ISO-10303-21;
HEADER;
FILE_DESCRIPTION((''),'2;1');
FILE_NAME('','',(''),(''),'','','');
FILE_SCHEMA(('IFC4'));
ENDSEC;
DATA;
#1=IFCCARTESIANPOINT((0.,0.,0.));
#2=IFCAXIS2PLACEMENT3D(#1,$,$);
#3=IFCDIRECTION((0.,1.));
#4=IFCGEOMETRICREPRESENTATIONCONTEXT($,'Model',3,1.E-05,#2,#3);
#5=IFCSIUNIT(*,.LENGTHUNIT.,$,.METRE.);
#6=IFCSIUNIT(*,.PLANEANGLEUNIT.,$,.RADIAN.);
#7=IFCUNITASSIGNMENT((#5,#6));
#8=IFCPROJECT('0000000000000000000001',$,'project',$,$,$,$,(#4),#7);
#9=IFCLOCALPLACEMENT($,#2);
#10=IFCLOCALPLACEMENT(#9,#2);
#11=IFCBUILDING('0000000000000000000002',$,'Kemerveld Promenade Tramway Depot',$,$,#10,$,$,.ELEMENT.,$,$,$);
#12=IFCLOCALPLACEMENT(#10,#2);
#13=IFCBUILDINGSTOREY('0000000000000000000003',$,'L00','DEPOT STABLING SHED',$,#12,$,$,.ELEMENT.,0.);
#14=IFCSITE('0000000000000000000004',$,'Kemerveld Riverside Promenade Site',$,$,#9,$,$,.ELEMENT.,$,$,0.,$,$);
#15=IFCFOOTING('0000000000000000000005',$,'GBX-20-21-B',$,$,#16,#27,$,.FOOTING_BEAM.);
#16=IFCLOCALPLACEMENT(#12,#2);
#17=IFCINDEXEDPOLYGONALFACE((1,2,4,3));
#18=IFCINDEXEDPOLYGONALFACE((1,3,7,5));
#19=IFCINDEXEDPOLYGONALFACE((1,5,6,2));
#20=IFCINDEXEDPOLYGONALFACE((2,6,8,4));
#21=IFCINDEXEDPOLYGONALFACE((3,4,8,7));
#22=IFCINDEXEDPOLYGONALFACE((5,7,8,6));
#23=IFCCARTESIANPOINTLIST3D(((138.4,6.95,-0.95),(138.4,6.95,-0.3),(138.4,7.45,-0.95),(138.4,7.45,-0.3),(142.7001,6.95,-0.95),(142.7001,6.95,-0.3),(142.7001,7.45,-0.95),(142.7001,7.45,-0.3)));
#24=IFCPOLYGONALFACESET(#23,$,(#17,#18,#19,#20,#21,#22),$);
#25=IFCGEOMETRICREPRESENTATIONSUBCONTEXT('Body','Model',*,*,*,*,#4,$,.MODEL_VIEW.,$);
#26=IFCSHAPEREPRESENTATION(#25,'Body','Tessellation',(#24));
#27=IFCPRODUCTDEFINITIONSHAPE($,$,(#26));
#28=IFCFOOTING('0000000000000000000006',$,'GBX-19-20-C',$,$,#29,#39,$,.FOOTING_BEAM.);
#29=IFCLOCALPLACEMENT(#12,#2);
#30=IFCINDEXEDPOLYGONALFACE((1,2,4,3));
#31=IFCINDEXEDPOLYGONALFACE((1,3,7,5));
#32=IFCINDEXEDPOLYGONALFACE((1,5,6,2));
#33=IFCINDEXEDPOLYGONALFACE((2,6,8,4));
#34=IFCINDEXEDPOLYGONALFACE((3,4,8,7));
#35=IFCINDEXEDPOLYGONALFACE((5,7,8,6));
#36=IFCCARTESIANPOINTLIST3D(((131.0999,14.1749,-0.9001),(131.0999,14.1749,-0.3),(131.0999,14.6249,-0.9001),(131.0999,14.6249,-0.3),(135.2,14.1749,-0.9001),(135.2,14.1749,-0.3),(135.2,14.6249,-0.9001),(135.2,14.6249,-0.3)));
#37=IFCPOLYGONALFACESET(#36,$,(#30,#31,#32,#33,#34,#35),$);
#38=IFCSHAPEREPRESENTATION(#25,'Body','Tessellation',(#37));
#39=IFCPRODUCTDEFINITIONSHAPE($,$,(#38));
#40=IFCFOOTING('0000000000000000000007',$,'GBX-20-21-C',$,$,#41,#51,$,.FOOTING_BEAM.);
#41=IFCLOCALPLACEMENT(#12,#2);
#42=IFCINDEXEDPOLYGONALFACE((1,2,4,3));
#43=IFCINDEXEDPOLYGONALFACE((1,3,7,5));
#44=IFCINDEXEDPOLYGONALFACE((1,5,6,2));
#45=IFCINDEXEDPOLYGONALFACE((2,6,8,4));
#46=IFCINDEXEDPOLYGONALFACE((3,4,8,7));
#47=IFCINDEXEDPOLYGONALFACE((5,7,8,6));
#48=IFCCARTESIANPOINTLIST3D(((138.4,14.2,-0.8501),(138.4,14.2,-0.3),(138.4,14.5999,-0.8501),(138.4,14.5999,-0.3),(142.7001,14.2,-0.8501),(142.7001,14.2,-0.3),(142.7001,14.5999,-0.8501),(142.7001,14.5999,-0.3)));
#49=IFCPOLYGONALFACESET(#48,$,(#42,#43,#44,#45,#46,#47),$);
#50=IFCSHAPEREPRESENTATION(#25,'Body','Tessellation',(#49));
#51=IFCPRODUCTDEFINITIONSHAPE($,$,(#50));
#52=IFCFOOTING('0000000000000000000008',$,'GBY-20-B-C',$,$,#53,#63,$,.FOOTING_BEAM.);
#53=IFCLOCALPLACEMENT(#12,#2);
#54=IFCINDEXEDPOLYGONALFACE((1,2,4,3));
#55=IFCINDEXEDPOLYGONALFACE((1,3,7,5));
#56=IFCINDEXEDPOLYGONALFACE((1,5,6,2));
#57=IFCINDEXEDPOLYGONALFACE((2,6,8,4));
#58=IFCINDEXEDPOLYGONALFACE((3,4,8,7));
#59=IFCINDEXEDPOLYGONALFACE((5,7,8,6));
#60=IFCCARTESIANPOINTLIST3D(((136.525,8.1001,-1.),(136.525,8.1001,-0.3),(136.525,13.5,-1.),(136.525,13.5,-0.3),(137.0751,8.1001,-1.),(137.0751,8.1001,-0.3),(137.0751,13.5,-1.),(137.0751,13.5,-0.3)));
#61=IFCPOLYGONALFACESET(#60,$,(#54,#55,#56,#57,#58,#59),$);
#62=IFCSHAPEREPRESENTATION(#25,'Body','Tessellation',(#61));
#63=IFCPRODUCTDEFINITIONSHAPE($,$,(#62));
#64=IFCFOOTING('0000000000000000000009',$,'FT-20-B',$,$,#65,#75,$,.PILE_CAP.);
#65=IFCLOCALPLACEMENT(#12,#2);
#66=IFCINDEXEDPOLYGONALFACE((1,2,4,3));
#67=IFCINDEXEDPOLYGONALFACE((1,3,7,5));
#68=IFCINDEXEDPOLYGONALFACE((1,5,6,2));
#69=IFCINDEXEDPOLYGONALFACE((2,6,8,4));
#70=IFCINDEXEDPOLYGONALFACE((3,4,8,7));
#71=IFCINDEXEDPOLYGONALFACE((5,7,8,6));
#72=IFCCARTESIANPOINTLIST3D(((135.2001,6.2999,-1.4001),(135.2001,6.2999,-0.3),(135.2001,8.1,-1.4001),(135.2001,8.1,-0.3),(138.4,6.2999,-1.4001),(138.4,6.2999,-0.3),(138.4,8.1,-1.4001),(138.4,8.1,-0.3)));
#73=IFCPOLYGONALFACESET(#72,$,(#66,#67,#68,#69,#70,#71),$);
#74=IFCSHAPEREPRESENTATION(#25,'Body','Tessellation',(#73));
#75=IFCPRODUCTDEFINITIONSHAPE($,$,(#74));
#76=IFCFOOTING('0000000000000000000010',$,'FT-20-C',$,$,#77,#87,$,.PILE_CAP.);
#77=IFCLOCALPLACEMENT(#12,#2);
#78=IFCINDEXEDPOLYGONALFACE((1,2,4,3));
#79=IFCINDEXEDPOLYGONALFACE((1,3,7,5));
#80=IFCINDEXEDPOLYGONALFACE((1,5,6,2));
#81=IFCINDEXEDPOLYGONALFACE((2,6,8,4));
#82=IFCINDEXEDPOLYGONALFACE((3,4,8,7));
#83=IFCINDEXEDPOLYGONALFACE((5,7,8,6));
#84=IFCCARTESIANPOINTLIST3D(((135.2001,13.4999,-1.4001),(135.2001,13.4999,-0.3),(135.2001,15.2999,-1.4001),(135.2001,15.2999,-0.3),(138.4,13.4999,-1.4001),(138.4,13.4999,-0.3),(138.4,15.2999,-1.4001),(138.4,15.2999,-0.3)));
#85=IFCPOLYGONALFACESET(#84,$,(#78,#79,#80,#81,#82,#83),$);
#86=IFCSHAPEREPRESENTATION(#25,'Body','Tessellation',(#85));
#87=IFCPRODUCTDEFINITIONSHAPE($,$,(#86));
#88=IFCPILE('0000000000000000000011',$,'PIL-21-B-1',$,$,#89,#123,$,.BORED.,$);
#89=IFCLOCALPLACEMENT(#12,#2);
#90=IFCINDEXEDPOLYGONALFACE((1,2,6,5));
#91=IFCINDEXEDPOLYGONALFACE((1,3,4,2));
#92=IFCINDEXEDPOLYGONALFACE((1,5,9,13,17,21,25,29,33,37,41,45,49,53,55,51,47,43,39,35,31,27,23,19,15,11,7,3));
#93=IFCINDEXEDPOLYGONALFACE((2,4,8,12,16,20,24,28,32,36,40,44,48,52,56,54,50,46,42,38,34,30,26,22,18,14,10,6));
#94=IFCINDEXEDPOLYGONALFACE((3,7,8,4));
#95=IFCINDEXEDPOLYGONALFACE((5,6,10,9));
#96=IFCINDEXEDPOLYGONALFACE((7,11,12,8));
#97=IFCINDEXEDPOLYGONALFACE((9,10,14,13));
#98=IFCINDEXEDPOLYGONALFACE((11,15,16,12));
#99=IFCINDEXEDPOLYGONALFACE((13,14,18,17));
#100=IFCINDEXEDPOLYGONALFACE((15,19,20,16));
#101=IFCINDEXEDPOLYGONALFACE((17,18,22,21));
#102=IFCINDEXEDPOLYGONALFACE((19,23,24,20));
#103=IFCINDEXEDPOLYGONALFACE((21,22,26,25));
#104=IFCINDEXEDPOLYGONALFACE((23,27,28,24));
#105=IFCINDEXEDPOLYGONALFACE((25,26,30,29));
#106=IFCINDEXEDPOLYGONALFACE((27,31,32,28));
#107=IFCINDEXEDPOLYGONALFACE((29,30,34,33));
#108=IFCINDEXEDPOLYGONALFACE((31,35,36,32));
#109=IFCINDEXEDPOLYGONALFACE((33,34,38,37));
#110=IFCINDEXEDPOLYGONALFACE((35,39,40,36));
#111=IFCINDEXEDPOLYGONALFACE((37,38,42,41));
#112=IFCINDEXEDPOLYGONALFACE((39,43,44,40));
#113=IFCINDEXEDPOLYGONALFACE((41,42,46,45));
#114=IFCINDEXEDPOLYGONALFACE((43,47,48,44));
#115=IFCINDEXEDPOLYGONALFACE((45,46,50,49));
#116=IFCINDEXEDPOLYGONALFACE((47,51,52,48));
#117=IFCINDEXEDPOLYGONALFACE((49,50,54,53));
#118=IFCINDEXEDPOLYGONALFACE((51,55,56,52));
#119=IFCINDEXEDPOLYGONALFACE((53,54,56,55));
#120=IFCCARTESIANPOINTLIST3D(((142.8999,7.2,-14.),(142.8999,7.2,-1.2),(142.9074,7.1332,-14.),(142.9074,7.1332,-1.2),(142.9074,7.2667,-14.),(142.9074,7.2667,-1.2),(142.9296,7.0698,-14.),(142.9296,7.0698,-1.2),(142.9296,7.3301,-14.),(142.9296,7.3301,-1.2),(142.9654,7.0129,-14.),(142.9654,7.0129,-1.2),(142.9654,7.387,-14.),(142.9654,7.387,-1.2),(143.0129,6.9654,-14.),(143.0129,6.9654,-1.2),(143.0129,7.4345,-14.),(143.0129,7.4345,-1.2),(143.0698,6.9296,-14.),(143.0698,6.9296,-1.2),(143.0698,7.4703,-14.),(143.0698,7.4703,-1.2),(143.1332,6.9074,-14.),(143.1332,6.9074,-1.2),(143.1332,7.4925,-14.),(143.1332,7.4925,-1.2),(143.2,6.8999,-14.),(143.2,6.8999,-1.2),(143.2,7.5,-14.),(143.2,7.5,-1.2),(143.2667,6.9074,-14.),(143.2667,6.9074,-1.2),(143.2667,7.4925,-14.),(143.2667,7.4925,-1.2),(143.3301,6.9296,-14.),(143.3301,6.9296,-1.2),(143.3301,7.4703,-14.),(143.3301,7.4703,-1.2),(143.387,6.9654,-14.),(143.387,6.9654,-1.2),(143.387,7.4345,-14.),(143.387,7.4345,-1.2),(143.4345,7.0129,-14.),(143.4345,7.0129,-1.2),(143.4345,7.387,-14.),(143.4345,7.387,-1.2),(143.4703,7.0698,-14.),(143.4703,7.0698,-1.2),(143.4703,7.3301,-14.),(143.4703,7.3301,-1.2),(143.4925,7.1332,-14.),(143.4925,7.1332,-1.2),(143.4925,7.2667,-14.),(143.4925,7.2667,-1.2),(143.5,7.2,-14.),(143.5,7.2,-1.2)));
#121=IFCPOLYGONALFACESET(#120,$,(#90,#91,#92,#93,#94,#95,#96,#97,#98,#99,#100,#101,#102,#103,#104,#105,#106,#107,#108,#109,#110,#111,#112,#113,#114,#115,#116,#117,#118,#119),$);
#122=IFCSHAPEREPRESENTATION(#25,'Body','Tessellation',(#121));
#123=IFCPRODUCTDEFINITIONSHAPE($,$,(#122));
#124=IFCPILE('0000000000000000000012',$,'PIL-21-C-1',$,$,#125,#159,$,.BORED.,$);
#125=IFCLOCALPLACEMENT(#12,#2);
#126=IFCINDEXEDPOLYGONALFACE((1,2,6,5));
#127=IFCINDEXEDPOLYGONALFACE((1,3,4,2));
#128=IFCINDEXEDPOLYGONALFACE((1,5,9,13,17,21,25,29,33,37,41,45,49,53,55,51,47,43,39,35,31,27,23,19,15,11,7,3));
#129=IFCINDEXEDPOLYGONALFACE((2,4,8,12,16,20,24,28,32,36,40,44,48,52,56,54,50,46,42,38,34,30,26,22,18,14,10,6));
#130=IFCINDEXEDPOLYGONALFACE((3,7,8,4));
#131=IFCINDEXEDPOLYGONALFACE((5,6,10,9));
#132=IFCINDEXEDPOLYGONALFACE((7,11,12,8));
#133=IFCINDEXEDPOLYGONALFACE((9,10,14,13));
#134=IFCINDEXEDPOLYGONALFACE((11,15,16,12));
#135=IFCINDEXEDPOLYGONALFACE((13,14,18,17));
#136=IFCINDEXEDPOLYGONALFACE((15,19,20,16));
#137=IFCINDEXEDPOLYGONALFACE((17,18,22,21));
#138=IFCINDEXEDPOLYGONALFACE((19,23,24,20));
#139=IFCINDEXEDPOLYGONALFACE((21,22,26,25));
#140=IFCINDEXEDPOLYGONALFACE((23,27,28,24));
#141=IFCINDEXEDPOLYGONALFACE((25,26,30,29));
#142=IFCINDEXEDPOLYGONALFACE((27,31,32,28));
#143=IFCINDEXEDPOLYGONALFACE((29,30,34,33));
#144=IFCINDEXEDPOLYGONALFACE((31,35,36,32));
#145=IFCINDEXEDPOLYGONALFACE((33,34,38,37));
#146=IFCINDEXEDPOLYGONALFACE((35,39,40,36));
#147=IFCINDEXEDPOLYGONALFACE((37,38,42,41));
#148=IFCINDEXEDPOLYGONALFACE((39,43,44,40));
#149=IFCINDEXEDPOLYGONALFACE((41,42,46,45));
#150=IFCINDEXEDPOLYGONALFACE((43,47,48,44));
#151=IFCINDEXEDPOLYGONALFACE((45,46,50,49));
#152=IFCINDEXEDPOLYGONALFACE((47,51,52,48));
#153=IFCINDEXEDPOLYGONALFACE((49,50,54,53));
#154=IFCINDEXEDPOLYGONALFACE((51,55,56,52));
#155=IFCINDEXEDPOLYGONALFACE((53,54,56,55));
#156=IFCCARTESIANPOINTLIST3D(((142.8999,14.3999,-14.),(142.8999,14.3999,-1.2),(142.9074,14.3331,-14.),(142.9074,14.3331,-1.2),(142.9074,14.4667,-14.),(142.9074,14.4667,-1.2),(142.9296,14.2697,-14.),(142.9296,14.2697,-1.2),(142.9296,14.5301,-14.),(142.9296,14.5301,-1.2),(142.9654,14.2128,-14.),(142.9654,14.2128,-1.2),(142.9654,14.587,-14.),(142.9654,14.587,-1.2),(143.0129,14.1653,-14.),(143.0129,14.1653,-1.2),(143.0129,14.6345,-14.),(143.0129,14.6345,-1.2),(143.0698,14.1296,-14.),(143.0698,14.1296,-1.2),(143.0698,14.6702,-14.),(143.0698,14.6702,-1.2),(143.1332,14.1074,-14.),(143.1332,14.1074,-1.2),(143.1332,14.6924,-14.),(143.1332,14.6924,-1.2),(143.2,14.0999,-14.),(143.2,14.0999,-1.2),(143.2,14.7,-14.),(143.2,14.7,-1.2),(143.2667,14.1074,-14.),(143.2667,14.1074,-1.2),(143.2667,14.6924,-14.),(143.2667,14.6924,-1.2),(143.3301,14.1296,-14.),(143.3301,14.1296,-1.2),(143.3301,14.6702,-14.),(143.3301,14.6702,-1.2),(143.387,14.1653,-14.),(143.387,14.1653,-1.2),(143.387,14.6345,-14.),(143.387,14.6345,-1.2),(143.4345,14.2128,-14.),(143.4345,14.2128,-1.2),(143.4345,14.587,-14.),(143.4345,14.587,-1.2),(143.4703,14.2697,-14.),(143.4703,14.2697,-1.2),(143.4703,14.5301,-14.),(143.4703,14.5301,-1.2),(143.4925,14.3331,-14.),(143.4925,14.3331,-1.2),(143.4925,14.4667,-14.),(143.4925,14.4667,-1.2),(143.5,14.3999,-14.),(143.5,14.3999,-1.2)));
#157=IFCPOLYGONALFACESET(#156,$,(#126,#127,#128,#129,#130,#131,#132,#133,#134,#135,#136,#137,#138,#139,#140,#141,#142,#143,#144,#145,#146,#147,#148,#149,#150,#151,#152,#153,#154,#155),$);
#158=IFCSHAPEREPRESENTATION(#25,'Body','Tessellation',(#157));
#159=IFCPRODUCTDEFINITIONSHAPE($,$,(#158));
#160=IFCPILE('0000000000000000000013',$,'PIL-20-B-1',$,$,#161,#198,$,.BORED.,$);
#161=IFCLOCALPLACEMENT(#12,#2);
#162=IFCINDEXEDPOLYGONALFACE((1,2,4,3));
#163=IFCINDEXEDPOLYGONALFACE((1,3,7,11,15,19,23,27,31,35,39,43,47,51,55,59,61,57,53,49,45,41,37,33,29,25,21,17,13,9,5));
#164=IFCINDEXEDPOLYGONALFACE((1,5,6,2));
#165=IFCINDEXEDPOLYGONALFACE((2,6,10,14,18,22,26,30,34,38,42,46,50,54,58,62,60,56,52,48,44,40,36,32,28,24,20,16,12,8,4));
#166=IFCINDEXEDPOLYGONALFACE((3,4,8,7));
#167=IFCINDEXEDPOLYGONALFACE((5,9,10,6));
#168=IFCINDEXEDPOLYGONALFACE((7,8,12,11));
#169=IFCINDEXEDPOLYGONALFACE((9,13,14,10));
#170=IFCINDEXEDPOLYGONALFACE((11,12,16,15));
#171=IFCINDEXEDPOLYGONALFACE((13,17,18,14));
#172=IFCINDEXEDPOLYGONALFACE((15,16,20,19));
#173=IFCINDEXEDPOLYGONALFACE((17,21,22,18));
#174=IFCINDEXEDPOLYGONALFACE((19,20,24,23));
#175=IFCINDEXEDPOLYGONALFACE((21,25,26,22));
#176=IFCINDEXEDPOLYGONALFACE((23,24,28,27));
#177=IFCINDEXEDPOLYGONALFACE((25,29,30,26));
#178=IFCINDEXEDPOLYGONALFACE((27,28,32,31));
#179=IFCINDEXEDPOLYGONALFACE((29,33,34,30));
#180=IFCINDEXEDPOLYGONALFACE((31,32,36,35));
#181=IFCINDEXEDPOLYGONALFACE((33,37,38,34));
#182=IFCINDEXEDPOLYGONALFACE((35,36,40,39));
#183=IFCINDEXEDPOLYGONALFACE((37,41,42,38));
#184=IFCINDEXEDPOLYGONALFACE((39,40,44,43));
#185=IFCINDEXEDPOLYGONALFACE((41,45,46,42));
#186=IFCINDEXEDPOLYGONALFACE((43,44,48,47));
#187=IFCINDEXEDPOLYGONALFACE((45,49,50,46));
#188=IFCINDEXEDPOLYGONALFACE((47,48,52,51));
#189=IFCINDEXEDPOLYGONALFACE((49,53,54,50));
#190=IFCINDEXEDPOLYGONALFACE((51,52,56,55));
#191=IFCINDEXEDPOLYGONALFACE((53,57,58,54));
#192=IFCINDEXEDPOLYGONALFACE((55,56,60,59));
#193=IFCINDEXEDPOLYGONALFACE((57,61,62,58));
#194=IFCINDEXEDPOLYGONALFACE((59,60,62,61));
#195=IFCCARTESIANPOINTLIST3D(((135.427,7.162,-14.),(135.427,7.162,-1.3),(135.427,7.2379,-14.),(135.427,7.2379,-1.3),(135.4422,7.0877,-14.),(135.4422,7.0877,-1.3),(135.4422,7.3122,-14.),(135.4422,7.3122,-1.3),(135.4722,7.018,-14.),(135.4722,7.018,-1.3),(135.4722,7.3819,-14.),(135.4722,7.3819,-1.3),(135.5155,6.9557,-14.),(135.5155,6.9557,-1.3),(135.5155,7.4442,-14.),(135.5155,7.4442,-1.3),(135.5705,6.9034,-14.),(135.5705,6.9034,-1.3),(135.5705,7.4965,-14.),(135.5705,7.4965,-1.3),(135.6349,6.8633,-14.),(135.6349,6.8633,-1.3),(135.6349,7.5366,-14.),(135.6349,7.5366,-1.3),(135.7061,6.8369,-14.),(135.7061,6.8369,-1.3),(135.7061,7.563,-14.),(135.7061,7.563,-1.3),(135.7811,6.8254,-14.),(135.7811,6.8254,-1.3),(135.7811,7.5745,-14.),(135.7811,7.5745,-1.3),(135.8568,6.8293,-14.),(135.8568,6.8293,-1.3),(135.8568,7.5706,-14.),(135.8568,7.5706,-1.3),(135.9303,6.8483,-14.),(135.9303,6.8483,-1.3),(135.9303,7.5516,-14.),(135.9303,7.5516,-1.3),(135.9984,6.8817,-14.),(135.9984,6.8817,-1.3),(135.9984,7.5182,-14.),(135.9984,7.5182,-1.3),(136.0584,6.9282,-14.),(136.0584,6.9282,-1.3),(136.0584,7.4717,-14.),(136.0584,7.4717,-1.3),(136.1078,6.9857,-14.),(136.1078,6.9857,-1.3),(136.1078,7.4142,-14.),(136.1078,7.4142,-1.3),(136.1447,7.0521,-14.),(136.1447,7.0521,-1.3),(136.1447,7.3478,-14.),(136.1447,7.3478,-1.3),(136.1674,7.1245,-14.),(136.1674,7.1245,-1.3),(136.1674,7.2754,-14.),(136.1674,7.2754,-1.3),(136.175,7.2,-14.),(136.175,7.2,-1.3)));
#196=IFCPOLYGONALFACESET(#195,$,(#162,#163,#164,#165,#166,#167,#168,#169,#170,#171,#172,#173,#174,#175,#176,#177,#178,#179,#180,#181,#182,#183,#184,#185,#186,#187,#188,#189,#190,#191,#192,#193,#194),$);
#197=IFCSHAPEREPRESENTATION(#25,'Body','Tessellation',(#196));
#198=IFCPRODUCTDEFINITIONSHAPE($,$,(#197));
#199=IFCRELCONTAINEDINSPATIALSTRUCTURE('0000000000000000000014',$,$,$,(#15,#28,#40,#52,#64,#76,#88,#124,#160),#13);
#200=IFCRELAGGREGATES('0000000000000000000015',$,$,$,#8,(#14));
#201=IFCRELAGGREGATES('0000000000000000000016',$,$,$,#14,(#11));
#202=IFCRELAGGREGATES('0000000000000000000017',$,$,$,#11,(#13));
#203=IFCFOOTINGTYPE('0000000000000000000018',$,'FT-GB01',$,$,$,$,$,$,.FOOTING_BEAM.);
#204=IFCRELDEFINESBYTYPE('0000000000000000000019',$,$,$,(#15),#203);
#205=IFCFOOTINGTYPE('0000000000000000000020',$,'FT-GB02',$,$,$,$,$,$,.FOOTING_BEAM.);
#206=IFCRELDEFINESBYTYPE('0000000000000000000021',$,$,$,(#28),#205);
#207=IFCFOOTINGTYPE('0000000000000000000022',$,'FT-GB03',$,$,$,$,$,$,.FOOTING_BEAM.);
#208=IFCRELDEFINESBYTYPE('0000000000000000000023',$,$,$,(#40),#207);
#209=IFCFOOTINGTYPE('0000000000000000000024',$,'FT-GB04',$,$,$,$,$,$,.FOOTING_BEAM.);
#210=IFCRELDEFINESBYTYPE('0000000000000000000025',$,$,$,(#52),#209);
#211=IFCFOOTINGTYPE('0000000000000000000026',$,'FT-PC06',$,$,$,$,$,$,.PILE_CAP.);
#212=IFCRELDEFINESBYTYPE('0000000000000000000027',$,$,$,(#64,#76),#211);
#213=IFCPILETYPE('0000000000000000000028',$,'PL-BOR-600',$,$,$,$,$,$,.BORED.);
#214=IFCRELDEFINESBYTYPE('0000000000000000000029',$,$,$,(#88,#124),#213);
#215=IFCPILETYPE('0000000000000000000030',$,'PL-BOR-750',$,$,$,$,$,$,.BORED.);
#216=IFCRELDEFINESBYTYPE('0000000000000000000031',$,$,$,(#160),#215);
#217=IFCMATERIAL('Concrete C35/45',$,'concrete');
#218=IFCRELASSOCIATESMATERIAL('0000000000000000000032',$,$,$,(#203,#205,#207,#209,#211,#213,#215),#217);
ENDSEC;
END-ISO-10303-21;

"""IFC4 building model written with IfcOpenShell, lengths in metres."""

from ifc_helpers import new_model, si_unit, direction, frame, origin, origin_2d, place, context, subcontext, project, spatial, rectangle, circle, extrude, material, material_profile, profile_set, type_object, element, save


model = new_model("IFC4")

# Units and contexts
model_context = context("Model", 3, precision=1e-05, world=origin(), true_north=direction((0.0, 1.0)))
body_context = subcontext(model_context, "Body", "Model", "MODEL_VIEW")
ifc_project = project(units=[si_unit("LENGTHUNIT", "METRE"), si_unit("PLANEANGLEUNIT", "RADIAN")], contexts=[model_context])

# Site, building, storey
site_placement = place(None, origin())
site = spatial("IfcSite", under=ifc_project, at=site_placement, Name="Kemerveld Riverside Promenade Site", CompositionType="ELEMENT", RefElevation=0.0)
building_placement = place(site_placement, origin())
building = spatial("IfcBuilding", under=site, at=building_placement, Name="Kemerveld Promenade Tramway Depot", CompositionType="ELEMENT")
storey_placement = place(building_placement, origin())
storey = spatial("IfcBuildingStorey", under=building, at=storey_placement, Name="L00", Description="DEPOT STABLING SHED", CompositionType="ELEMENT", Elevation=0.0)

# Footings
ifc_material_1 = material(Name="Concrete C35/45", Category="concrete")
footing_type_1 = type_object("IfcFootingType", Name="FT-GB01", PredefinedType="FOOTING_BEAM", material=ifc_material_1)
footing_1_placement = place(storey_placement, frame((140.55, 7.2, -0.95), z_axis=(0.0, 0.0, 1.0), x_axis=(1.0, 0.0, 0.0)))
element("IfcFooting", 1, at=footing_1_placement, inside=storey, type_object=footing_type_1, Name="GBX-20-21-B", PredefinedType="FOOTING_BEAM", context=body_context, shape_type="SweptSolid", body=[
    extrude(rectangle(XDim=4.3, YDim=0.5, at=origin_2d()), origin(), (0.0, 0.0, 1.0), 0.6499),
])
footing_type_2 = type_object("IfcFootingType", Name="FT-GB02", PredefinedType="FOOTING_BEAM", material=ifc_material_1)
footing_2_placement = place(storey_placement, frame((133.1499, 14.3999, -0.9001), z_axis=(0.0, 0.0, 1.0), x_axis=(1.0, 0.0, 0.0)))
element("IfcFooting", 2, at=footing_2_placement, inside=storey, type_object=footing_type_2, Name="GBX-19-20-C", PredefinedType="FOOTING_BEAM", context=body_context, shape_type="SweptSolid", body=[
    extrude(rectangle(XDim=4.1001, YDim=0.45, at=origin_2d()), origin(), (0.0, 0.0, 1.0), 0.6001),
])
footing_type_3 = type_object("IfcFootingType", Name="FT-GB03", PredefinedType="FOOTING_BEAM", material=ifc_material_1)
footing_3_placement = place(storey_placement, frame((140.55, 14.3999, -0.8501), z_axis=(0.0, 0.0, 1.0), x_axis=(1.0, 0.0, 0.0)))
element("IfcFooting", 3, at=footing_3_placement, inside=storey, type_object=footing_type_3, Name="GBX-20-21-C", PredefinedType="FOOTING_BEAM", context=body_context, shape_type="SweptSolid", body=[
    extrude(rectangle(XDim=4.3, YDim=0.3999, at=origin_2d()), origin(), (0.0, 0.0, 1.0), 0.55),
])
footing_type_4 = type_object("IfcFootingType", Name="FT-GB04", PredefinedType="FOOTING_BEAM", material=ifc_material_1)
footing_4_placement = place(storey_placement, frame((136.8, 10.8, -1.0), z_axis=(0.0, 0.0, 1.0), x_axis=(0.0, 1.0, 0.0)))
element("IfcFooting", 4, at=footing_4_placement, inside=storey, type_object=footing_type_4, Name="GBY-20-B-C", PredefinedType="FOOTING_BEAM", context=body_context, shape_type="SweptSolid", body=[
    extrude(rectangle(XDim=5.3999, YDim=0.55, at=origin_2d()), origin(), (0.0, 0.0, 1.0), 0.7),
])
footing_type_5 = type_object("IfcFootingType", Name="FT-PC06", PredefinedType="PILE_CAP", material=ifc_material_1)
for number, where, z_axis, x_axis, name in (
    (5, (136.8, 7.2, -1.4001), (0.0, 0.0, 1.0), (1.0, 0.0, 0.0), "FT-20-B"),
    (6, (136.8, 14.3999, -1.4001), (0.0, 0.0, 1.0), (1.0, 0.0, 0.0), "FT-20-C"),
):
    element("IfcFooting", number, at=place(storey_placement, frame(where, z_axis=z_axis, x_axis=x_axis)), inside=storey, type_object=footing_type_5, Name=name, PredefinedType="PILE_CAP", context=body_context, shape_type="SweptSolid", body=[
        extrude(rectangle(XDim=3.2, YDim=1.8, at=origin_2d()), origin(), (0.0, 0.0, 1.0), 1.1001),
    ])

# Piles
ifc_material_profile_1 = material_profile(ifc_material_1, circle(Radius=0.3, at=origin_2d()), Name="PILE-D600")
ifc_profile_set_1 = profile_set([ifc_material_profile_1], Name="Concrete C35/45")
pile_type_1 = type_object("IfcPileType", Name="PL-BOR-600", PredefinedType="BORED", material=ifc_profile_set_1)
for number, where, z_axis, x_axis, name in (
    (7, (143.2, 7.2, -1.2), (0.0, 0.0, -1.0), (1.0, 0.0, 0.0), "PIL-21-B-1"),
    (8, (143.2, 14.3999, -1.2), (0.0, 0.0, -1.0), (1.0, 0.0, 0.0), "PIL-21-C-1"),
):
    element("IfcPile", number, at=place(storey_placement, frame(where, z_axis=z_axis, x_axis=x_axis)), inside=storey, type_object=pile_type_1, Name=name, PredefinedType="BORED", context=body_context, shape_type="SweptSolid", body=[
        extrude(circle(Radius=0.3, at=origin_2d()), origin(), (0.0, 0.0, 1.0), 12.8),
    ])
ifc_material_profile_2 = material_profile(ifc_material_1, circle(Radius=0.375, at=origin_2d()), Name="PILE-D750")
ifc_profile_set_2 = profile_set([ifc_material_profile_2], Name="Concrete C35/45")
pile_type_2 = type_object("IfcPileType", Name="PL-BOR-750", PredefinedType="BORED", material=ifc_profile_set_2)
for number, where, z_axis, x_axis, name in (
    (9, (135.8, 7.2, -1.3), (0.0, 0.0, -1.0), (1.0, 0.0, 0.0), "PIL-20-B-1"),
):
    element("IfcPile", number, at=place(storey_placement, frame(where, z_axis=z_axis, x_axis=x_axis)), inside=storey, type_object=pile_type_2, Name=name, PredefinedType="BORED", context=body_context, shape_type="SweptSolid", body=[
        extrude(circle(Radius=0.375, at=origin_2d()), origin(), (0.0, 0.0, 1.0), 12.7),
    ])

save(model, "model.ifc")
